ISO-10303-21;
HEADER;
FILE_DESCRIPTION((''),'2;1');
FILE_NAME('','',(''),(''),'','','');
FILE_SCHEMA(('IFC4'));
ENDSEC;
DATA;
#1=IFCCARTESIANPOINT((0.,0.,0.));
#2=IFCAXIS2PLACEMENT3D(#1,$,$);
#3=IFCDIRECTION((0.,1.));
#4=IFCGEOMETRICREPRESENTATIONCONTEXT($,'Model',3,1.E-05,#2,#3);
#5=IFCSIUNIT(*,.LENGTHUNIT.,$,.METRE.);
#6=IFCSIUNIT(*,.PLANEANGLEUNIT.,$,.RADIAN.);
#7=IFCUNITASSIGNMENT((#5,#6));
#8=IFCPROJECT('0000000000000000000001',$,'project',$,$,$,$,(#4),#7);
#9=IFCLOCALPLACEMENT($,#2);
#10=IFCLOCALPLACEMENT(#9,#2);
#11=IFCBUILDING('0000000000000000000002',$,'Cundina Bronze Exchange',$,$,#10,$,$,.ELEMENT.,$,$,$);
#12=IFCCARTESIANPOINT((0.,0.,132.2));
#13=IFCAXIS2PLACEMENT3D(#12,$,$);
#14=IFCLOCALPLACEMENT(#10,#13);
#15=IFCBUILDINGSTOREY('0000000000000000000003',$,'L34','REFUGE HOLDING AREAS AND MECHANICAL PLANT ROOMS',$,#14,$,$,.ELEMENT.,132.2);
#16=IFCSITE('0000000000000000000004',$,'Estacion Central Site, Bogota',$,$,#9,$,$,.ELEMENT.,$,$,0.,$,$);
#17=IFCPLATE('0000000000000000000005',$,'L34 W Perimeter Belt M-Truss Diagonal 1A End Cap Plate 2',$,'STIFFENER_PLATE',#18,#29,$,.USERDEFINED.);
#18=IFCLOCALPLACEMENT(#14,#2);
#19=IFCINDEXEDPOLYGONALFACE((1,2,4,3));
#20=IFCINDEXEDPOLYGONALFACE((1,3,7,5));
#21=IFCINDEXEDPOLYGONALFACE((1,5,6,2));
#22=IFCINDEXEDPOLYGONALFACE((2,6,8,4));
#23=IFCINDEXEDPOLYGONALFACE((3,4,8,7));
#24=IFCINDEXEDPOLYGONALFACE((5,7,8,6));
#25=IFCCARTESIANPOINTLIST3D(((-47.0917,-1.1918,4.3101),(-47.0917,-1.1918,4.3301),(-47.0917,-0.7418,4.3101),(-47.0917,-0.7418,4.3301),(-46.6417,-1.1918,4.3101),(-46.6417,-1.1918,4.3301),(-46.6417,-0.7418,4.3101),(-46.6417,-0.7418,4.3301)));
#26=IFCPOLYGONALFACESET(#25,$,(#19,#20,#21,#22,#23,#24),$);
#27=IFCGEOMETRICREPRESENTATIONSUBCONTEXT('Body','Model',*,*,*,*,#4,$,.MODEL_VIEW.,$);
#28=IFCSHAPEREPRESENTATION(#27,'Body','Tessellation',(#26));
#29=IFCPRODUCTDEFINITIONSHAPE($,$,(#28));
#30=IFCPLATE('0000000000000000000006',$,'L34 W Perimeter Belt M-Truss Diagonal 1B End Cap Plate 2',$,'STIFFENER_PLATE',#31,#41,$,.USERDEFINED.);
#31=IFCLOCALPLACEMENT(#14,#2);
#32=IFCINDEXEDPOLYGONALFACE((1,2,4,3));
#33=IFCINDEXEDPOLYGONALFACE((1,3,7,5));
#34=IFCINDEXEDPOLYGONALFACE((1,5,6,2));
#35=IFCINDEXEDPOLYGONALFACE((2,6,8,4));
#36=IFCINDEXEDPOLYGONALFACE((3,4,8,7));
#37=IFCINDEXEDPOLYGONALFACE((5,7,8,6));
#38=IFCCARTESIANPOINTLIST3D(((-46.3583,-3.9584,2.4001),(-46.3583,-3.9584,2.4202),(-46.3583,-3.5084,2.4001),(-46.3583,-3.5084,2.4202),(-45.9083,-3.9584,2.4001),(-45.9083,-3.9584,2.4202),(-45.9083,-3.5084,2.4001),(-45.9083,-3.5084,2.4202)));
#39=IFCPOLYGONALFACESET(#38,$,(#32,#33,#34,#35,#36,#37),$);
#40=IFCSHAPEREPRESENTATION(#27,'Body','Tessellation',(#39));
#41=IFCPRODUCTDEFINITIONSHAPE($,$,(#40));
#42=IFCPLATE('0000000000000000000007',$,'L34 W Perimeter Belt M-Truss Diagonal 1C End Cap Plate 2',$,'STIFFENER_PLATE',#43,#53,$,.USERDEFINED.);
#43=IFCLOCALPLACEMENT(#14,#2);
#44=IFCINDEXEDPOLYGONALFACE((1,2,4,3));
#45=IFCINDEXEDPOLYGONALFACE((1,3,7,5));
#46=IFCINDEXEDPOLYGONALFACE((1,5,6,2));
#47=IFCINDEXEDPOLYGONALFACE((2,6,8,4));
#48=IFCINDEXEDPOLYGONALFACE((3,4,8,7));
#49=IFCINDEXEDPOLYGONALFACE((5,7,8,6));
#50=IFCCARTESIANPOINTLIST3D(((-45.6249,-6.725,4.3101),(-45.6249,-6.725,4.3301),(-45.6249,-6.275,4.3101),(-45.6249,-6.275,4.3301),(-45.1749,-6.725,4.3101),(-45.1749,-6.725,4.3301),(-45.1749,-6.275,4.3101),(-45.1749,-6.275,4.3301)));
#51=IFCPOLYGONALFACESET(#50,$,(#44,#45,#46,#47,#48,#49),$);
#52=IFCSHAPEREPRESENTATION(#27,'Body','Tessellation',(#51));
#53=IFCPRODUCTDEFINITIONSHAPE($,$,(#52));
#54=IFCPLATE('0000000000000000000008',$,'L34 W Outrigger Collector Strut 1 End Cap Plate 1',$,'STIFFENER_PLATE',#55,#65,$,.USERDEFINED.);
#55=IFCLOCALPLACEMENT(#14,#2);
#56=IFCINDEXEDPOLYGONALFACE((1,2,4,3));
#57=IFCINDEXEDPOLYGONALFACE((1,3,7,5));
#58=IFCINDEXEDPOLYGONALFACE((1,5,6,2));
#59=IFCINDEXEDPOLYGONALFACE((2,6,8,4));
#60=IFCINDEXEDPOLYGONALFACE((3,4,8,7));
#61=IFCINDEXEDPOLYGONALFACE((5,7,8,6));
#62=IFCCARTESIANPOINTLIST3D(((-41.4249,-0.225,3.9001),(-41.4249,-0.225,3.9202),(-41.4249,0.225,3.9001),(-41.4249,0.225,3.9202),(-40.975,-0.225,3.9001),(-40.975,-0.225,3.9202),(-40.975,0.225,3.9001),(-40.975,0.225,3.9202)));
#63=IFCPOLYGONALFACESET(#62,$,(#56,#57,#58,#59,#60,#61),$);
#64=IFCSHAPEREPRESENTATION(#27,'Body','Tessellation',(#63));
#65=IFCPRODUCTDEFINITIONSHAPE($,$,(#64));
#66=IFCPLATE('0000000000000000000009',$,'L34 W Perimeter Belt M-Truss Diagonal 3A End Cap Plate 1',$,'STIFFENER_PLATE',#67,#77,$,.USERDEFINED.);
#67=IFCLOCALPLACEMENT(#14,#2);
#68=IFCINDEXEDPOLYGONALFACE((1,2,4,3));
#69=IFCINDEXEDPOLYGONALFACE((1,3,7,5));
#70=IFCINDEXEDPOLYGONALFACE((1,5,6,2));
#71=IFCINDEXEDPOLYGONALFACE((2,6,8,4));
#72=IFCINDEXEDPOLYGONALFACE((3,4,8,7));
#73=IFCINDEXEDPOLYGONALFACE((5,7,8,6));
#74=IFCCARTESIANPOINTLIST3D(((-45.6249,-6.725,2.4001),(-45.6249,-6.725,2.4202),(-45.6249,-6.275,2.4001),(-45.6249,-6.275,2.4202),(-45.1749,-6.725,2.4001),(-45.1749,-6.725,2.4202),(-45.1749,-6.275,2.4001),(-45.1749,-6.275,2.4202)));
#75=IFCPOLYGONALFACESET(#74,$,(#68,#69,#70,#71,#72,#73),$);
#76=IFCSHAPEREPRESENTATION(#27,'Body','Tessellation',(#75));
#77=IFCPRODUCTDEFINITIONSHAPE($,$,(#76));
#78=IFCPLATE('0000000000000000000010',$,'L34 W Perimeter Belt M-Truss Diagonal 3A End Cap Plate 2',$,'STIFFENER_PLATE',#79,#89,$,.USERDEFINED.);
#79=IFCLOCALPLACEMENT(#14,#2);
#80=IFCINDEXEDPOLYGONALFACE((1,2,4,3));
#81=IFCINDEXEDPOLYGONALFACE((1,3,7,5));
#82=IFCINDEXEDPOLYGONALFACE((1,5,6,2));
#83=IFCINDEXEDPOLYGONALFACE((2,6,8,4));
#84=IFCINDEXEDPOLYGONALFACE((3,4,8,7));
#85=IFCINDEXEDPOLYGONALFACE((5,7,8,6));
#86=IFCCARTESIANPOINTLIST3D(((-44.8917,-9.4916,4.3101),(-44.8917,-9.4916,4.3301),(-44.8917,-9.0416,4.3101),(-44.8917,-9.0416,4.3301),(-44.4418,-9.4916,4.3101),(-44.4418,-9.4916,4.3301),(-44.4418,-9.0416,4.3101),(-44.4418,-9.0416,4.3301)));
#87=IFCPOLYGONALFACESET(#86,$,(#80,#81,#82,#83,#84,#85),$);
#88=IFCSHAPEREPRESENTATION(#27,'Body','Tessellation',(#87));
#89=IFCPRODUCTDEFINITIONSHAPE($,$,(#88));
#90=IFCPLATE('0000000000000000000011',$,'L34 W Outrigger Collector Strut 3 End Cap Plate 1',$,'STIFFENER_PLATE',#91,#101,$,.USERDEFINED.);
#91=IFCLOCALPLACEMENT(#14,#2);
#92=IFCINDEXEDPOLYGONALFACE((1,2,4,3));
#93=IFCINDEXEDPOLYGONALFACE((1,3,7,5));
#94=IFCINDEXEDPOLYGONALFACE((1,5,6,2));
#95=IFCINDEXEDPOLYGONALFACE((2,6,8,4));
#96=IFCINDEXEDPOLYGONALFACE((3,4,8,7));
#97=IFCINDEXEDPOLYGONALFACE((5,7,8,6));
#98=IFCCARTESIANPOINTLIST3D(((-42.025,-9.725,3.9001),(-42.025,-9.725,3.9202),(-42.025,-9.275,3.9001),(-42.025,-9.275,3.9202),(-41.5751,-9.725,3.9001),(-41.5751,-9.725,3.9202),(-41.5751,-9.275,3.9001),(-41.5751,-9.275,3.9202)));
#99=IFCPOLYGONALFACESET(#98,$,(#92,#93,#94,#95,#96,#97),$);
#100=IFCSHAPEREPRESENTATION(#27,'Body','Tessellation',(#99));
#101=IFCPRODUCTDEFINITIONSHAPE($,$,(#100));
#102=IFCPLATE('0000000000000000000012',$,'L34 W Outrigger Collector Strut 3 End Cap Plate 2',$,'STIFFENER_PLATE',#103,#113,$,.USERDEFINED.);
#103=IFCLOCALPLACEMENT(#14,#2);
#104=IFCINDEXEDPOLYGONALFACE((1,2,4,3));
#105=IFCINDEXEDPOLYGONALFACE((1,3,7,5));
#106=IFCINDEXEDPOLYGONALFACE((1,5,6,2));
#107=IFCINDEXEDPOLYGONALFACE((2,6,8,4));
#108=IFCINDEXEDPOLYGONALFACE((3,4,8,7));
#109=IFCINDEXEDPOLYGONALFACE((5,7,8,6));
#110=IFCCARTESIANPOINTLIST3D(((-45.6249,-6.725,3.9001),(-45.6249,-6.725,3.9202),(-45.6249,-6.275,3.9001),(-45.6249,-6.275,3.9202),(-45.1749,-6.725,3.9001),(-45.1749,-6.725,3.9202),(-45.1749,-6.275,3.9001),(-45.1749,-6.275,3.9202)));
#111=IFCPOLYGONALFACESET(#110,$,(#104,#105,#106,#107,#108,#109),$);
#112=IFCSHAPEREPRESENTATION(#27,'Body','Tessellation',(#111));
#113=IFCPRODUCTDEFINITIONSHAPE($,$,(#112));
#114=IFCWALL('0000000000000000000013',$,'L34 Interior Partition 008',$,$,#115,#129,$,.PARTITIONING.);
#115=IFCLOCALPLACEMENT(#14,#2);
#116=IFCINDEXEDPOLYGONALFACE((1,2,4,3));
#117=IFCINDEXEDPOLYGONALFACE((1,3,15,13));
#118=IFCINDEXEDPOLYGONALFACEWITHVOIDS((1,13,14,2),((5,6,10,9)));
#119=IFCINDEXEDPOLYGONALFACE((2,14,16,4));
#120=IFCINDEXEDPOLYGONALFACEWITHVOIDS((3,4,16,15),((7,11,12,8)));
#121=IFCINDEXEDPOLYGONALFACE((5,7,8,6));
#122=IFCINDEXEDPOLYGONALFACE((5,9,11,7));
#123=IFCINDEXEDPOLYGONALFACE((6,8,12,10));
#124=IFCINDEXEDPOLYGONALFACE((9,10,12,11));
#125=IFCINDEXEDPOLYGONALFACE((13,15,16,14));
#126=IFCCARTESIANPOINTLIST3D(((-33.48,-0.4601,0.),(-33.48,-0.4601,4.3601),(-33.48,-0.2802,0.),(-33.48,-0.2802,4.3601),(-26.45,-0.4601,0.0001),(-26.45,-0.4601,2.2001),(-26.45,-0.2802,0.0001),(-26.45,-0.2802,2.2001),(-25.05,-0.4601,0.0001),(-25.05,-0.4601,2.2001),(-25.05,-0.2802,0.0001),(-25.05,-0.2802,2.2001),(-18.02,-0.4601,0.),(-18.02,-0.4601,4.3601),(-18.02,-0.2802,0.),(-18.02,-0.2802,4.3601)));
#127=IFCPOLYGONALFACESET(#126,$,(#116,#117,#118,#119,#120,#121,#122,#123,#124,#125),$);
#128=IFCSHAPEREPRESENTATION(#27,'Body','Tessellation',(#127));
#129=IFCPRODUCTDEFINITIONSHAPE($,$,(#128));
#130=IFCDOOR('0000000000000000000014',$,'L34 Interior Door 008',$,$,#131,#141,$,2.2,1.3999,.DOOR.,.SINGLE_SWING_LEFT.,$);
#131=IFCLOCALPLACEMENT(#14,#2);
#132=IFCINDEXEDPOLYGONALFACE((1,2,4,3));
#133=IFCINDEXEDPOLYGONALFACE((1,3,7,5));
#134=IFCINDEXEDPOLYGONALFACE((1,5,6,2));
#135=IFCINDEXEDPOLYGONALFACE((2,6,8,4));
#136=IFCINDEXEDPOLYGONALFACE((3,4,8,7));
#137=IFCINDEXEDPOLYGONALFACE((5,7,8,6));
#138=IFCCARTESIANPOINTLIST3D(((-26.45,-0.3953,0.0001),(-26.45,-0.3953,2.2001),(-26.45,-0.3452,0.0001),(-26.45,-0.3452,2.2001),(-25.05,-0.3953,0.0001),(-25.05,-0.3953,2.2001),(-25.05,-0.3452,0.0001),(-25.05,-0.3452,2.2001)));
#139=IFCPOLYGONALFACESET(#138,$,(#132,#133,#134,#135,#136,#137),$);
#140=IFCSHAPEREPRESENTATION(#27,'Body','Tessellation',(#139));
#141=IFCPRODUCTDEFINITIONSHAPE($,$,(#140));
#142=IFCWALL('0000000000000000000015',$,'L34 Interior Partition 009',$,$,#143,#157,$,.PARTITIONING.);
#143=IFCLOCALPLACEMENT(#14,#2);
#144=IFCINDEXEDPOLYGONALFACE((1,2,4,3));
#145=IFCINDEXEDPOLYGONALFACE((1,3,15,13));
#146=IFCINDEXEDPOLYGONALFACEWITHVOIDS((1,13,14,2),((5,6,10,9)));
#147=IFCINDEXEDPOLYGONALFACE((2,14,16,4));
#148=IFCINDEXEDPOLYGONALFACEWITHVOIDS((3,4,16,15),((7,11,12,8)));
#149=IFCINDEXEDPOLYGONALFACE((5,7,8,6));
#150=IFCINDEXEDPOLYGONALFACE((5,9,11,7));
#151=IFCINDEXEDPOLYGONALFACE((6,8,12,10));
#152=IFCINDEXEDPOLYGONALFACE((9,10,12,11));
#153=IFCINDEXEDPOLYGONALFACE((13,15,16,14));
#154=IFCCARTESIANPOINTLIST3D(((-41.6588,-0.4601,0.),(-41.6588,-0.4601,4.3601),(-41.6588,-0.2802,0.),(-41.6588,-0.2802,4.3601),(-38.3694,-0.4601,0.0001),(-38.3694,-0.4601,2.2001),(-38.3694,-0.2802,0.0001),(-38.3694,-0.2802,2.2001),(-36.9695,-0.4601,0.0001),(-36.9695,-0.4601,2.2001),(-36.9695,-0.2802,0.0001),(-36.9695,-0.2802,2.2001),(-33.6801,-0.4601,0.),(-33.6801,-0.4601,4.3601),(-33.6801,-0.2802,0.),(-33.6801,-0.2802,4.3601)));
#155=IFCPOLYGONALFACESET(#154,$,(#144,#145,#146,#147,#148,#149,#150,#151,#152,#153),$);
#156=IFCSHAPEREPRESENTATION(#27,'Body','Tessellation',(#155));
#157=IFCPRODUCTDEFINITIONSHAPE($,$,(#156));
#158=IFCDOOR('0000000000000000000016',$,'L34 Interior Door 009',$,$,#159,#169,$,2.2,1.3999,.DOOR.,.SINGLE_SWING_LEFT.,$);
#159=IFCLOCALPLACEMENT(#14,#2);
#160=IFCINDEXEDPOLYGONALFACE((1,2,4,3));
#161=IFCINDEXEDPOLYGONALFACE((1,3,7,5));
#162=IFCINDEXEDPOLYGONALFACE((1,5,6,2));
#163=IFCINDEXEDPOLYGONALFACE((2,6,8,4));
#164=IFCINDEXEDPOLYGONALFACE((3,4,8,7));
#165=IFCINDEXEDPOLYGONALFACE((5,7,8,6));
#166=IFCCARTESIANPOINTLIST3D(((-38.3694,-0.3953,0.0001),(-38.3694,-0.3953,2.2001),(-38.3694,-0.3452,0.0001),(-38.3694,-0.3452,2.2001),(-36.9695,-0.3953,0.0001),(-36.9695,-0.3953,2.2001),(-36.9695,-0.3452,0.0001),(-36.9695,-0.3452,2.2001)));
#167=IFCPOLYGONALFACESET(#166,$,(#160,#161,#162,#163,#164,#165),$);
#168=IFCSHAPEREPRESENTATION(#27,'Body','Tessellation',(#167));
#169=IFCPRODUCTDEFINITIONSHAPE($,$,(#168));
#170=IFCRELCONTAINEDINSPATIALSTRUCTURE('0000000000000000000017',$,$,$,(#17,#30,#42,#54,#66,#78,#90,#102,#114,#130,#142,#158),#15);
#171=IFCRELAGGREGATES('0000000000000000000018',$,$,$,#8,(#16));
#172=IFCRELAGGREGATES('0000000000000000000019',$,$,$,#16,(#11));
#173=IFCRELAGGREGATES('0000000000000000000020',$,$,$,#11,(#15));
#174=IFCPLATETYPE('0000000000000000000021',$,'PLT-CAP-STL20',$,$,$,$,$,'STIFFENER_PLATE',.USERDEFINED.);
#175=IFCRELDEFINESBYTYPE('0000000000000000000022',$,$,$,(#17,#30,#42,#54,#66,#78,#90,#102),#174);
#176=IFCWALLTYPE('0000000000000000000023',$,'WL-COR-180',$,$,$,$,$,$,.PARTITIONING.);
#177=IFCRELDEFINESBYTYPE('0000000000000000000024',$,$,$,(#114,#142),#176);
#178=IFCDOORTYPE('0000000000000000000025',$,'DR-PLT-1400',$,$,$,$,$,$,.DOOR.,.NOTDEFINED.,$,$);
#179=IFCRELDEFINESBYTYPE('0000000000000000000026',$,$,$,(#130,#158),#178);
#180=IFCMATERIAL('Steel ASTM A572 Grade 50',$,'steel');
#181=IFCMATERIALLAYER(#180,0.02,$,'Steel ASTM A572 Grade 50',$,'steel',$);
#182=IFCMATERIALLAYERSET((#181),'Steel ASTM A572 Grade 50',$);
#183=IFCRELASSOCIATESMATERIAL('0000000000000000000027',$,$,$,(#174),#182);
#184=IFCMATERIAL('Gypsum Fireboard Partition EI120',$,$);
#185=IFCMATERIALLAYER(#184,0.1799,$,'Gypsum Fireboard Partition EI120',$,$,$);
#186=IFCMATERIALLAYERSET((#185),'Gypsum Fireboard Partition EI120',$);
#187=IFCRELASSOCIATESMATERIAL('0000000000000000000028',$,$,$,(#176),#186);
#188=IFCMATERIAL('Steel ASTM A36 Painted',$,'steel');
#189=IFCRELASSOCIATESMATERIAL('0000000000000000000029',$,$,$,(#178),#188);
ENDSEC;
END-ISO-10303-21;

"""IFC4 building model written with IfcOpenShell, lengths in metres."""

from ifc_helpers import new_model, si_unit, direction, frame, frame_2d, origin, origin_2d, place, context, subcontext, project, spatial, rectangle, extrude, material, layer, layer_set, type_object, element, fill, save


model = new_model("IFC4")

# Units and contexts
model_context = context("Model", 3, precision=1e-05, world=origin(), true_north=direction((0.0, 1.0)))
body_context = subcontext(model_context, "Body", "Model", "MODEL_VIEW")
ifc_project = project(units=[si_unit("LENGTHUNIT", "METRE"), si_unit("PLANEANGLEUNIT", "RADIAN")], contexts=[model_context])

# Site, building, storey
site_placement = place(None, origin())
site = spatial("IfcSite", under=ifc_project, at=site_placement, Name="Estacion Central Site, Bogota", CompositionType="ELEMENT", RefElevation=0.0)
building_placement = place(site_placement, origin())
building = spatial("IfcBuilding", under=site, at=building_placement, Name="Cundina Bronze Exchange", CompositionType="ELEMENT")
storey_placement = place(building_placement, frame((0.0, 0.0, 132.2)))
storey = spatial("IfcBuildingStorey", under=building, at=storey_placement, Name="L34", Description="REFUGE HOLDING AREAS AND MECHANICAL PLANT ROOMS", CompositionType="ELEMENT", Elevation=132.2)

# Plates
ifc_material_1 = material(Name="Steel ASTM A572 Grade 50", Category="steel")
ifc_layer_1 = layer(ifc_material_1, 0.02, Name="Steel ASTM A572 Grade 50", Category="steel")
ifc_layer_set_1 = layer_set([ifc_layer_1], Name="Steel ASTM A572 Grade 50")
plate_type = type_object("IfcPlateType", Name="PLT-CAP-STL20", ElementType="STIFFENER_PLATE", PredefinedType="USERDEFINED", material=ifc_layer_set_1)
for number, where, z_axis, x_axis, name in (
    (1, (-46.8667, -0.9668, 4.3101), (0.0, 0.0, 1.0), (1.0, 0.0, 0.0), "L34 W Perimeter Belt M-Truss Diagonal 1A End Cap Plate 2"),
    (2, (-46.1333, -3.7334, 2.4001), (0.0, 0.0, 1.0), (1.0, 0.0, 0.0), "L34 W Perimeter Belt M-Truss Diagonal 1B End Cap Plate 2"),
    (3, (-45.3999, -6.5, 4.3101), (0.0, 0.0, 1.0), (1.0, 0.0, 0.0), "L34 W Perimeter Belt M-Truss Diagonal 1C End Cap Plate 2"),
    (4, (-41.2, 0.0, 3.9001), (0.0, 0.0, 1.0), (1.0, 0.0, 0.0), "L34 W Outrigger Collector Strut 1 End Cap Plate 1"),
    (5, (-45.3999, -6.5, 2.4001), (0.0, 0.0, 1.0), (1.0, 0.0, 0.0), "L34 W Perimeter Belt M-Truss Diagonal 3A End Cap Plate 1"),
    (6, (-44.6667, -9.2666, 4.3101), (0.0, 0.0, 1.0), (1.0, 0.0, 0.0), "L34 W Perimeter Belt M-Truss Diagonal 3A End Cap Plate 2"),
    (7, (-41.8, -9.5, 3.9001), (0.0, 0.0, 1.0), (1.0, 0.0, 0.0), "L34 W Outrigger Collector Strut 3 End Cap Plate 1"),
    (8, (-45.3999, -6.5, 3.9001), (0.0, 0.0, 1.0), (1.0, 0.0, 0.0), "L34 W Outrigger Collector Strut 3 End Cap Plate 2"),
):
    element("IfcPlate", number, at=place(storey_placement, frame(where, z_axis=z_axis, x_axis=x_axis)), inside=storey, type_object=plate_type, Name=name, ObjectType="STIFFENER_PLATE", PredefinedType="USERDEFINED", context=body_context, shape_type="SweptSolid", body=[
        extrude(rectangle(XDim=0.45, YDim=0.45, at=origin_2d()), origin(), (0.0, 0.0, 1.0), 0.02),
    ])

# Walls, openings, doors
ifc_material_2 = material(Name="Gypsum Fireboard Partition EI120")
ifc_layer_2 = layer(ifc_material_2, 0.1799, Name="Gypsum Fireboard Partition EI120")
ifc_layer_set_2 = layer_set([ifc_layer_2], Name="Gypsum Fireboard Partition EI120")
wall_type = type_object("IfcWallType", Name="WL-COR-180", PredefinedType="PARTITIONING", material=ifc_layer_set_2)
wall_1_placement = place(storey_placement, frame((-33.48, -0.3701, 0.0), z_axis=(0.0, 0.0, 1.0), x_axis=(1.0, 0.0, 0.0)))
wall_1 = element("IfcWall", 9, at=wall_1_placement, inside=storey, type_object=wall_type, Name="L34 Interior Partition 008", PredefinedType="PARTITIONING", context=body_context, shape_type="SweptSolid", body=[
    extrude(rectangle(XDim=15.46, YDim=0.1799, at=frame_2d((7.73, 0.0))), origin(), (0.0, 0.0, 1.0), 4.3601),
])
opening_1_placement = place(wall_1_placement, frame((7.03, 0.0, 0.0)))
opening_1 = element("IfcOpeningElement", 10, at=opening_1_placement, cuts=wall_1, PredefinedType="OPENING", context=body_context, shape_type="SweptSolid", body=[
    extrude(rectangle(XDim=1.3999, YDim=2.2, at=frame_2d((0.7, 1.1001))), frame((0.0, 0.0999, 0.0), z_axis=(0.0, -1.0, 0.0), x_axis=(1.0, 0.0, 0.0)), (0.0, 0.0, 1.0), 0.2),
])
ifc_material_3 = material(Name="Steel ASTM A36 Painted", Category="steel")
door_type = type_object("IfcDoorType", Name="DR-PLT-1400", OperationType="NOTDEFINED", PredefinedType="DOOR", material=ifc_material_3)
door_1_placement = place(opening_1_placement, origin())
door_1 = element("IfcDoor", 11, at=door_1_placement, inside=storey, type_object=door_type, Name="L34 Interior Door 008", OperationType="SINGLE_SWING_LEFT", OverallHeight=2.2, OverallWidth=1.3999, PredefinedType="DOOR", context=body_context, shape_type="SweptSolid", body=[
    extrude(rectangle(XDim=1.3999, YDim=2.2, at=frame_2d((0.7, 1.1001))), frame((0.0, 0.0249, 0.0), z_axis=(0.0, -1.0, 0.0), x_axis=(1.0, 0.0, 0.0)), (0.0, 0.0, 1.0), 0.05),
])
fill(opening_1, door_1)
wall_2_placement = place(storey_placement, frame((-41.6587, -0.3701, 0.0), z_axis=(0.0, 0.0, 1.0), x_axis=(1.0, 0.0, 0.0)))
wall_2 = element("IfcWall", 12, at=wall_2_placement, inside=storey, type_object=wall_type, Name="L34 Interior Partition 009", PredefinedType="PARTITIONING", context=body_context, shape_type="SweptSolid", body=[
    extrude(rectangle(XDim=7.9788, YDim=0.1799, at=frame_2d((3.9893, 0.0))), origin(), (0.0, 0.0, 1.0), 4.3601),
])
opening_2_placement = place(wall_2_placement, frame((3.2893, 0.0, 0.0)))
opening_2 = element("IfcOpeningElement", 13, at=opening_2_placement, cuts=wall_2, PredefinedType="OPENING", context=body_context, shape_type="SweptSolid", body=[
    extrude(rectangle(XDim=1.3999, YDim=2.2, at=frame_2d((0.7, 1.1001))), frame((0.0, 0.0999, 0.0), z_axis=(0.0, -1.0, 0.0), x_axis=(1.0, 0.0, 0.0)), (0.0, 0.0, 1.0), 0.2),
])
door_2_placement = place(opening_2_placement, origin())
door_2 = element("IfcDoor", 14, at=door_2_placement, inside=storey, type_object=door_type, Name="L34 Interior Door 009", OperationType="SINGLE_SWING_LEFT", OverallHeight=2.2, OverallWidth=1.3999, PredefinedType="DOOR", context=body_context, shape_type="SweptSolid", body=[
    extrude(rectangle(XDim=1.3999, YDim=2.2, at=frame_2d((0.7, 1.1001))), frame((0.0, 0.0249, 0.0), z_axis=(0.0, -1.0, 0.0), x_axis=(1.0, 0.0, 0.0)), (0.0, 0.0, 1.0), 0.05),
])
fill(opening_2, door_2)

save(model, "model.ifc")
